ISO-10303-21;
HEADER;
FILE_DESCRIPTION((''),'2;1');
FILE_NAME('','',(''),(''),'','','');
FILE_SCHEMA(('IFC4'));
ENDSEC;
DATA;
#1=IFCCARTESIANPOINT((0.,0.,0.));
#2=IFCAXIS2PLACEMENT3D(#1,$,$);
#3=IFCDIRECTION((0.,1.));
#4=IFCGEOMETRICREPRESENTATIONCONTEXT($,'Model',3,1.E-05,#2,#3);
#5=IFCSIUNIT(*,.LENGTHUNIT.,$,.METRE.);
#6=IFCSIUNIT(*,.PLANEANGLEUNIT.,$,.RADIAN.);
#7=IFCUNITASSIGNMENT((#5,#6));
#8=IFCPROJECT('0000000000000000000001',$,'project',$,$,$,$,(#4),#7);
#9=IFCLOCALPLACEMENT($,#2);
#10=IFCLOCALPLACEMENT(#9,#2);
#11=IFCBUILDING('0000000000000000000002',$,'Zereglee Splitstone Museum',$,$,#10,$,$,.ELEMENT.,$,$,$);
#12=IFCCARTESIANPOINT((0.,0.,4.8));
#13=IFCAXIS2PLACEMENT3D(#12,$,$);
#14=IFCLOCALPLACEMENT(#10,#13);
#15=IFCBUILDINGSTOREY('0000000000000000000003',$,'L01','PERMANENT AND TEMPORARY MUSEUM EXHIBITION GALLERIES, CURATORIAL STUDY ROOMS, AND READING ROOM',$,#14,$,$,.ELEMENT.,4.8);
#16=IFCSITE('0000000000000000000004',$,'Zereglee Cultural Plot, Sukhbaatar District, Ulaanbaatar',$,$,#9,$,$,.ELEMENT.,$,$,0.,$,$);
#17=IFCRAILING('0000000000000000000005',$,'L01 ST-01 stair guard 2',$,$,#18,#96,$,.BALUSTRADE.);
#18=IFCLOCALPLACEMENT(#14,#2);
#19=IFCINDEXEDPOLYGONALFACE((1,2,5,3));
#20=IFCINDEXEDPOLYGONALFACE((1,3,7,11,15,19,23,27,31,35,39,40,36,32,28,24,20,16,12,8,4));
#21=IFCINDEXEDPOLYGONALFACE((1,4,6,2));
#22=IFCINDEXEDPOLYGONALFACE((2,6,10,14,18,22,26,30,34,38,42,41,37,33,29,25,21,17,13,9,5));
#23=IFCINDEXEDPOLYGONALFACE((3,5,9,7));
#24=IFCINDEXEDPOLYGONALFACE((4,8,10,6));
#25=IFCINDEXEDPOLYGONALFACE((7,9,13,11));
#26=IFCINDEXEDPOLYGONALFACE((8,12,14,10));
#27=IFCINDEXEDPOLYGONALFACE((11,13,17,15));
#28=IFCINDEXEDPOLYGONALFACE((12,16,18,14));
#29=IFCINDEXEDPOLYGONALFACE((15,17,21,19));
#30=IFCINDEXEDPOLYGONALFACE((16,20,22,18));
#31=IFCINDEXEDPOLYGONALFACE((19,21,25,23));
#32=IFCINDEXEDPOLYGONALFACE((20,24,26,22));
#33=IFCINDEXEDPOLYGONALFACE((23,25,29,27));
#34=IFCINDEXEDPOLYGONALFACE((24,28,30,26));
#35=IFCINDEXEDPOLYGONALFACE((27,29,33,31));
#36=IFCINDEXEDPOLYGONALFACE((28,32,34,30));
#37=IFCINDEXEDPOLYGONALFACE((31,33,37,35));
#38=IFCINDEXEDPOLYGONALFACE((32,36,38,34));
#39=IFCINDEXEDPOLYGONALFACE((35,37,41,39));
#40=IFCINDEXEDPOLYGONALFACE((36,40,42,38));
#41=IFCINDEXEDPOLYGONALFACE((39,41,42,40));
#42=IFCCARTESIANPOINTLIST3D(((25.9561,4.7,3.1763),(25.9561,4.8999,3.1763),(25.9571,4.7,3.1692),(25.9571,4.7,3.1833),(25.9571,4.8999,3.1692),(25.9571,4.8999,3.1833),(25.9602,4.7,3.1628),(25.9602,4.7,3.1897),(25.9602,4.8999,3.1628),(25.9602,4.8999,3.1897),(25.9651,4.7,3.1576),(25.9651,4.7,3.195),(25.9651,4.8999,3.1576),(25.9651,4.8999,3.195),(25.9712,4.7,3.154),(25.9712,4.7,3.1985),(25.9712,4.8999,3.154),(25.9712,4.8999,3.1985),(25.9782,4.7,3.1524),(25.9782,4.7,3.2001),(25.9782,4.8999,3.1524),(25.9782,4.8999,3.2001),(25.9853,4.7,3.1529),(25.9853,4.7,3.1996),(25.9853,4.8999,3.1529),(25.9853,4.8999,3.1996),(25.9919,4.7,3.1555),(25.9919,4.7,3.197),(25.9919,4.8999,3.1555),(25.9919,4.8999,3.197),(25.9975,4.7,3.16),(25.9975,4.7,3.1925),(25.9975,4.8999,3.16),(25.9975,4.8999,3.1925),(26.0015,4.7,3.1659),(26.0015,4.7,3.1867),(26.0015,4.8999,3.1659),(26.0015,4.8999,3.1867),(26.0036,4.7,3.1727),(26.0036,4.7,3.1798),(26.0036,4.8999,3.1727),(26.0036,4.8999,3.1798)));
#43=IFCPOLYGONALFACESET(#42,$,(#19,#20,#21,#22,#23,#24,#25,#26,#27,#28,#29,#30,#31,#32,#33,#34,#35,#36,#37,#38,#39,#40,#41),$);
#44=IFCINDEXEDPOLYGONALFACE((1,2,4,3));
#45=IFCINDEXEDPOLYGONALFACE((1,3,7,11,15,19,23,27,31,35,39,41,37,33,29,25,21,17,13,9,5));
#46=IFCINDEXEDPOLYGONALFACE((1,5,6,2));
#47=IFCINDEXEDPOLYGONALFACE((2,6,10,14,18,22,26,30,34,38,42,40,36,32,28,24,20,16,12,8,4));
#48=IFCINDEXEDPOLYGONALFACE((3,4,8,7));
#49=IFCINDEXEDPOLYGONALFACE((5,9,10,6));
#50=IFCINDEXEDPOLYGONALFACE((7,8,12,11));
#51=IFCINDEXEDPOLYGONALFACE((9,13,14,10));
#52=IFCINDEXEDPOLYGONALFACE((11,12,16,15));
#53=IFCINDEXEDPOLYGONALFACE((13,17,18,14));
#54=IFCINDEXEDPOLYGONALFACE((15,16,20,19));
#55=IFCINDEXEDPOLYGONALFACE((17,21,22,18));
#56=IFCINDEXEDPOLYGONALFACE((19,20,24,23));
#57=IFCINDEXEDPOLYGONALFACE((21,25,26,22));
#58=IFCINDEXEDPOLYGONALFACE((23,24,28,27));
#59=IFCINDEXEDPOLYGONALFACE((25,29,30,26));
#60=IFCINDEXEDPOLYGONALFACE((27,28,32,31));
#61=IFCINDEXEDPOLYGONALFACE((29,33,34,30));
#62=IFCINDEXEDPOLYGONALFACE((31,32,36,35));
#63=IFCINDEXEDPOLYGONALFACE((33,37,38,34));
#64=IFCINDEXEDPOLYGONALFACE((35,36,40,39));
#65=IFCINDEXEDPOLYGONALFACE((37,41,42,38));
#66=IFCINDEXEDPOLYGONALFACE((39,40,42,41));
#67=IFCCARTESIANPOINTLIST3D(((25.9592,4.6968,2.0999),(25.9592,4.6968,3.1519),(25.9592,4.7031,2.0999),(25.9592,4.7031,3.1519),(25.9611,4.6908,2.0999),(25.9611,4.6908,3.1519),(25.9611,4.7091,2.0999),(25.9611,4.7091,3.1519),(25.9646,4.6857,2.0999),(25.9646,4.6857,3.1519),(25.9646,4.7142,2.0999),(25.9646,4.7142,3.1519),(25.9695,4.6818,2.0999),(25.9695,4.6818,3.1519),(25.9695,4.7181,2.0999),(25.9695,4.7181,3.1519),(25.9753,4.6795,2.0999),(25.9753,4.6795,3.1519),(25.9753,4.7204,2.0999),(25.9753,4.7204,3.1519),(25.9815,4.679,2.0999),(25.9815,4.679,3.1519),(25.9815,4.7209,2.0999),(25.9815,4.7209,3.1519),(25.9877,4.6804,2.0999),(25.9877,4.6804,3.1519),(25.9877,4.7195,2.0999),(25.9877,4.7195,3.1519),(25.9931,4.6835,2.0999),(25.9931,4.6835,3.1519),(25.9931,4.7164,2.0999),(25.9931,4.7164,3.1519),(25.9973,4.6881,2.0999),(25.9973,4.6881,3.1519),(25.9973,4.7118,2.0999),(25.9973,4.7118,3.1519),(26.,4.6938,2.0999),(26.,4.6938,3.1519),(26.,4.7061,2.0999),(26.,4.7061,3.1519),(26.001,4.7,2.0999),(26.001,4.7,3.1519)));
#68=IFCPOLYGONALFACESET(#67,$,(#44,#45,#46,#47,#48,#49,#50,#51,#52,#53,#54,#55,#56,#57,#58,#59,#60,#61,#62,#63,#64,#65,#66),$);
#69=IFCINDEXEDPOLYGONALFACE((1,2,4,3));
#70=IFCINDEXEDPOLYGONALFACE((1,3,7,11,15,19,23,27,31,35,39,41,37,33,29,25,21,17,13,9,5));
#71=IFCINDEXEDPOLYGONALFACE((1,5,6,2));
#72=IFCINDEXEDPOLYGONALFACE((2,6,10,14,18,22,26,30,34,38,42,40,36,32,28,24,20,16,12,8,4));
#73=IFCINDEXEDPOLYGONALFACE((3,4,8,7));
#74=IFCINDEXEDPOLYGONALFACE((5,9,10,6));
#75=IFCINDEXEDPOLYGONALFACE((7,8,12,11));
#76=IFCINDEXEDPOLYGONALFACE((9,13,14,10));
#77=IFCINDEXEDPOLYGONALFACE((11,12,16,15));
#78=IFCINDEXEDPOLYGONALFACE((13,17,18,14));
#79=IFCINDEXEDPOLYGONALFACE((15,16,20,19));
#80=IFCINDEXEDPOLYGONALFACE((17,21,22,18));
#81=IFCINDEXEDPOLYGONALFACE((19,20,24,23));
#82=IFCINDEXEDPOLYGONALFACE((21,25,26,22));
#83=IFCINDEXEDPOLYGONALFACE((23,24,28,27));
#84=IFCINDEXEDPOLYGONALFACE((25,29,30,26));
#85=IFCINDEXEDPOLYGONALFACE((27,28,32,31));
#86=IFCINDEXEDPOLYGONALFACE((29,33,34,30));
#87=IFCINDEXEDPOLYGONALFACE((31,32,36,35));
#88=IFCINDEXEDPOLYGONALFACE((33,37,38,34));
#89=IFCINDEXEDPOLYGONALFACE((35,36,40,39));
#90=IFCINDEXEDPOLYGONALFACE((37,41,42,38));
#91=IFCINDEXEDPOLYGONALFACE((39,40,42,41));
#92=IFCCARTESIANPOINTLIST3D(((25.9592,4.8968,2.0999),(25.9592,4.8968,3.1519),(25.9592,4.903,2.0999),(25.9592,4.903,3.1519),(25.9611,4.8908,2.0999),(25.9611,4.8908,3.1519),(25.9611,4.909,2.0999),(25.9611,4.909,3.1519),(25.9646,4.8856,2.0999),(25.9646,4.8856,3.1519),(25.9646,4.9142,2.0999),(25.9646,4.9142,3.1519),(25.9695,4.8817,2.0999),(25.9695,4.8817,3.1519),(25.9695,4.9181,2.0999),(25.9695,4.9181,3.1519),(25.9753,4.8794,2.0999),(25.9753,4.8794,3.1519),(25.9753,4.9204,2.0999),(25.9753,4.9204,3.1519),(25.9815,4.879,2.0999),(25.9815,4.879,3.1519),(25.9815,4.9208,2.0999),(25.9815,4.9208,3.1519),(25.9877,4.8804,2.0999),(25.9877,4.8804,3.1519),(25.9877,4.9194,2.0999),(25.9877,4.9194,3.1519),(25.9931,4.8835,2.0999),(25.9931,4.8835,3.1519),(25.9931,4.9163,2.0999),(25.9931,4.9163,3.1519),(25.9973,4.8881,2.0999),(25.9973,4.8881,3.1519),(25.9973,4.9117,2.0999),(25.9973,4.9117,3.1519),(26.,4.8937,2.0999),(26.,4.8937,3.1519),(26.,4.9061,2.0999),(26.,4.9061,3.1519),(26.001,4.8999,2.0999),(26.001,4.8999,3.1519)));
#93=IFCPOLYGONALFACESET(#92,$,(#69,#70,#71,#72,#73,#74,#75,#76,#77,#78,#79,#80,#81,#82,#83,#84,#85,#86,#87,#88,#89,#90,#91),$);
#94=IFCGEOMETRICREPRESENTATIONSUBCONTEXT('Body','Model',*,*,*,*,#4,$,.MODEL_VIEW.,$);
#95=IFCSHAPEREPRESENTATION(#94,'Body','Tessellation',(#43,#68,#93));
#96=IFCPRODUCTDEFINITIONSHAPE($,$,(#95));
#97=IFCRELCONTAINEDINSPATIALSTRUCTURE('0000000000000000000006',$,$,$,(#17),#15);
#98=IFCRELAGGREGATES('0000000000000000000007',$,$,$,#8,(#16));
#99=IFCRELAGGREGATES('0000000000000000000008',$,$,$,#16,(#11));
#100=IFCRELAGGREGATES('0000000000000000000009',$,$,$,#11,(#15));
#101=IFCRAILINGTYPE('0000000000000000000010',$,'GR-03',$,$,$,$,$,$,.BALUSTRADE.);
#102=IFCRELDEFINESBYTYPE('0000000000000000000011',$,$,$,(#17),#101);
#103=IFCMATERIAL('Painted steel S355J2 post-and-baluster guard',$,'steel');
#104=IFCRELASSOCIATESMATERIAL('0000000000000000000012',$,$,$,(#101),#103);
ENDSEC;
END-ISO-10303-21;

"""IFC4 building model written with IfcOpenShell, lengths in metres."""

from ifc_helpers import new_model, si_unit, direction, frame, origin, origin_2d, place, context, subcontext, project, spatial, circle, extrude, material, type_object, element, save


model = new_model("IFC4")

# Units and contexts
model_context = context("Model", 3, precision=1e-05, world=origin(), true_north=direction((0.0, 1.0)))
body_context = subcontext(model_context, "Body", "Model", "MODEL_VIEW")
ifc_project = project(units=[si_unit("LENGTHUNIT", "METRE"), si_unit("PLANEANGLEUNIT", "RADIAN")], contexts=[model_context])

# Site, building, storey
site_placement = place(None, origin())
site = spatial("IfcSite", under=ifc_project, at=site_placement, Name="Zereglee Cultural Plot, Sukhbaatar District, Ulaanbaatar", CompositionType="ELEMENT", RefElevation=0.0)
building_placement = place(site_placement, origin())
building = spatial("IfcBuilding", under=site, at=building_placement, Name="Zereglee Splitstone Museum", CompositionType="ELEMENT")
storey_placement = place(building_placement, frame((0.0, 0.0, 4.8)))
storey = spatial("IfcBuildingStorey", under=building, at=storey_placement, Name="L01", Description="PERMANENT AND TEMPORARY MUSEUM EXHIBITION GALLERIES, CURATORIAL STUDY ROOMS, AND READING ROOM", CompositionType="ELEMENT", Elevation=4.8)

# Railing
ifc_material_1 = material(Name="Painted steel S355J2 post-and-baluster guard", Category="steel")
railing_type_1 = type_object("IfcRailingType", Name="GR-03", PredefinedType="BALUSTRADE", material=ifc_material_1)
railing_1_placement = place(storey_placement, frame((25.98, 4.7, 2.0999)))
element("IfcRailing", 1, at=railing_1_placement, inside=storey, type_object=railing_type_1, Name="L01 ST-01 stair guard 2", PredefinedType="BALUSTRADE", context=body_context, shape_type="SweptSolid", body=[
    extrude(circle(Radius=0.0239, at=origin_2d()), frame((0.0, 0.0, 1.0764), z_axis=(0.0, 1.0, 0.0), x_axis=(-1.0, 0.0, 0.0)), (0.0, 0.0, 1.0), 0.2),
    extrude(circle(Radius=0.021, at=origin_2d()), origin(), (0.0, 0.0, 1.0), 1.052),
    extrude(circle(Radius=0.021, at=origin_2d()), frame((0.0, 0.2, 0.0)), (0.0, 0.0, 1.0), 1.052),
])

save(model, "model.ifc")
